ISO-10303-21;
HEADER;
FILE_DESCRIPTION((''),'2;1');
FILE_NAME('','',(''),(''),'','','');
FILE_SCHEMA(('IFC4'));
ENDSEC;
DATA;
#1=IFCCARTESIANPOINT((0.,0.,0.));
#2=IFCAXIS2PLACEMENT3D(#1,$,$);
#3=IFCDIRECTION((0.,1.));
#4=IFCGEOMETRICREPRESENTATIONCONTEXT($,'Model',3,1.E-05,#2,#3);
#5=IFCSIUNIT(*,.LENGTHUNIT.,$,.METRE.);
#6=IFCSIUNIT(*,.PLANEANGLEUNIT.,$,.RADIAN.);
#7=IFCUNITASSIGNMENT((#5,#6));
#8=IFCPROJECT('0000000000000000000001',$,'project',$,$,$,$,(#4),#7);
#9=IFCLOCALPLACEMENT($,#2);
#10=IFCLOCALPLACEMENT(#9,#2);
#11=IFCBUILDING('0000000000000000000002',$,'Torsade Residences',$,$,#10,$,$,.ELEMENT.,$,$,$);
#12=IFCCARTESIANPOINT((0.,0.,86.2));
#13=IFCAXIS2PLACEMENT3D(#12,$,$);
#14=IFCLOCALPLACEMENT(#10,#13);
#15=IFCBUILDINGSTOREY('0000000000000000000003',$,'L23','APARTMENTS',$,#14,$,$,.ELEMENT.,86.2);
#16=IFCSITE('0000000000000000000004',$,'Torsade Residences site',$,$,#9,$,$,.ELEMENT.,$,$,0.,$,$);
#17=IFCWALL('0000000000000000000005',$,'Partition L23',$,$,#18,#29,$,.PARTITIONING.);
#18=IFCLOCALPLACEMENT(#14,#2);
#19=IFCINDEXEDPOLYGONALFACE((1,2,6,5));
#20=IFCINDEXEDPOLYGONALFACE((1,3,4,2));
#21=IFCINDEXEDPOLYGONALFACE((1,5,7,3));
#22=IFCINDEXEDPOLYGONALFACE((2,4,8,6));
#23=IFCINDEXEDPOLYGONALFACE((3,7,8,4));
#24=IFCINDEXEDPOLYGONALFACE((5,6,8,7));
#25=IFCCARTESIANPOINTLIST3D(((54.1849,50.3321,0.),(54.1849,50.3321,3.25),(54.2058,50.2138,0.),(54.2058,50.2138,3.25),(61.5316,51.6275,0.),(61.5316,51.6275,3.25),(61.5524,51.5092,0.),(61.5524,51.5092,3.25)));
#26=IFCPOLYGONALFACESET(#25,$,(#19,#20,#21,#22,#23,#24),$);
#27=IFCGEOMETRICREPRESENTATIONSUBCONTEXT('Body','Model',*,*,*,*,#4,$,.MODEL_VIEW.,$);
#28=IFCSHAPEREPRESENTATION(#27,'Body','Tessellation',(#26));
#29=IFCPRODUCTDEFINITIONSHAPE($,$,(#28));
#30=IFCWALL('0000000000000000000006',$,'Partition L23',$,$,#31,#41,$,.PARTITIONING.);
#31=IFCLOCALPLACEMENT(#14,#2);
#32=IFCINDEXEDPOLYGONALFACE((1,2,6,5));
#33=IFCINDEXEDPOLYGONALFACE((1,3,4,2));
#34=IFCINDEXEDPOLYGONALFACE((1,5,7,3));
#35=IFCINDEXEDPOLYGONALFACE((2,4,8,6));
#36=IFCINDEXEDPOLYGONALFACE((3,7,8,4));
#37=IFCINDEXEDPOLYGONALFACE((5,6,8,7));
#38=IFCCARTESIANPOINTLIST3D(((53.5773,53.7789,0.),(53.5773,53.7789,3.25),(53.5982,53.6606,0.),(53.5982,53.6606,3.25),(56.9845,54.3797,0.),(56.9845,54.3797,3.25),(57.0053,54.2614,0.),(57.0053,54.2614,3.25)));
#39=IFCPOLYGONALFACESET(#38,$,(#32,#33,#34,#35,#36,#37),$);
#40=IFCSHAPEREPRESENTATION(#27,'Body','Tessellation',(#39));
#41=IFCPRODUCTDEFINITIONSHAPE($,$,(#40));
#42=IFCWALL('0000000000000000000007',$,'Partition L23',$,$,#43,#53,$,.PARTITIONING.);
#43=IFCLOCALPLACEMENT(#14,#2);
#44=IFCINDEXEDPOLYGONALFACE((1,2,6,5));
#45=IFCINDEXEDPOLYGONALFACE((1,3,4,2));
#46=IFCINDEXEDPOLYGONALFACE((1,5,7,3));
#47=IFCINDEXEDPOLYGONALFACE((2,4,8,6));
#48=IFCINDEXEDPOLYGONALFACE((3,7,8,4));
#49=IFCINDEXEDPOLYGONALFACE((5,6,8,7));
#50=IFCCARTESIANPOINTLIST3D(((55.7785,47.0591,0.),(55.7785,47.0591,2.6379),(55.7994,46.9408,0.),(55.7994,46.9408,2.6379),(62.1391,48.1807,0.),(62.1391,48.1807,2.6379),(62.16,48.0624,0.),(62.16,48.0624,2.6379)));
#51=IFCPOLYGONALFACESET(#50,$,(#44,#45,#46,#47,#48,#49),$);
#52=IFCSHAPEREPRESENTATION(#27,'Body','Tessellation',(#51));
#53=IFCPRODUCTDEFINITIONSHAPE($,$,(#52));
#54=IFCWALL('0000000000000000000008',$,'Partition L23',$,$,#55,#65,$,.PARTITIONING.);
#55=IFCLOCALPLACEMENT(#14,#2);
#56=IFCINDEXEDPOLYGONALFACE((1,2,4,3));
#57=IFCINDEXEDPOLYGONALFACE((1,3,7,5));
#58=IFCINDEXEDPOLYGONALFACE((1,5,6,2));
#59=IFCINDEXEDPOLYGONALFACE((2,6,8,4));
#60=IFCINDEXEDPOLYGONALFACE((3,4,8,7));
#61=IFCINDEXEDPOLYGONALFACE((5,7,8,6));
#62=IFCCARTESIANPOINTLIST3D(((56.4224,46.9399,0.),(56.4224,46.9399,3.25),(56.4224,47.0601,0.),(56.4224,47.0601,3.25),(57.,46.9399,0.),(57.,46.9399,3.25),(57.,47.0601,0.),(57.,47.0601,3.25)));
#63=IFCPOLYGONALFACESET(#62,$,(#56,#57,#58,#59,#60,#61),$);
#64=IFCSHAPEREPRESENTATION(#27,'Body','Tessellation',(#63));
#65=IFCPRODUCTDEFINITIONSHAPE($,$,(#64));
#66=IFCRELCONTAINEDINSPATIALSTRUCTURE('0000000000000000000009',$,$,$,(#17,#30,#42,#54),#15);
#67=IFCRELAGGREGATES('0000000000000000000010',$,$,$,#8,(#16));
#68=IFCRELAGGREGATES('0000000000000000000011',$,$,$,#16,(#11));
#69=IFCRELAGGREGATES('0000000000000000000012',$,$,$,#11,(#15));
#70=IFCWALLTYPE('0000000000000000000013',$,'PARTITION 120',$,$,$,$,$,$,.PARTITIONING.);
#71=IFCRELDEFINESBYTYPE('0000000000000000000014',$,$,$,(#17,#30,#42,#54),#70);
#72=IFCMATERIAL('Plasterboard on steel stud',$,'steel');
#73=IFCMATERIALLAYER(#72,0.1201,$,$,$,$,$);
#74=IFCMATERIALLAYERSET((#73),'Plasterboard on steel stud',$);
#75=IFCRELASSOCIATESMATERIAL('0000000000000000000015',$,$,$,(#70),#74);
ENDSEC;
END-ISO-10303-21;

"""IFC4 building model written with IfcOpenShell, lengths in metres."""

from ifc_helpers import new_model, si_unit, direction, frame, frame_2d, origin, place, context, subcontext, project, spatial, rectangle, extrude, material, layer, layer_set, type_object, element, save


model = new_model("IFC4")

# Units and contexts
model_context = context("Model", 3, precision=1e-05, world=origin(), true_north=direction((0.0, 1.0)))
body_context = subcontext(model_context, "Body", "Model", "MODEL_VIEW")
ifc_project = project(units=[si_unit("LENGTHUNIT", "METRE"), si_unit("PLANEANGLEUNIT", "RADIAN")], contexts=[model_context])

# Site, building, storey
site_placement = place(None, origin())
site = spatial("IfcSite", under=ifc_project, at=site_placement, Name="Torsade Residences site", CompositionType="ELEMENT", RefElevation=0.0)
building_placement = place(site_placement, origin())
building = spatial("IfcBuilding", under=site, at=building_placement, Name="Torsade Residences", CompositionType="ELEMENT")
storey_placement = place(building_placement, frame((0.0, 0.0, 86.2)))
storey = spatial("IfcBuildingStorey", under=building, at=storey_placement, Name="L23", Description="APARTMENTS", CompositionType="ELEMENT", Elevation=86.2)

# Shared definitions
ifc_material_1 = material(Name="Plasterboard on steel stud", Category="steel")
ifc_layer_1 = layer(ifc_material_1, 0.1201)
ifc_layer_set_1 = layer_set([ifc_layer_1], Name="Plasterboard on steel stud")
wall_type = type_object("IfcWallType", Name="PARTITION 120", PredefinedType="PARTITIONING", material=ifc_layer_set_1)

# Walls
wall_1_placement = place(storey_placement, frame((61.542, 51.5684, 0.0), z_axis=(0.0, 0.0, 1.0), x_axis=(-0.984808, -0.173647, 0.0)))
element("IfcWall", 1, at=wall_1_placement, inside=storey, type_object=wall_type, Name="Partition L23", PredefinedType="PARTITIONING", context=body_context, shape_type="SweptSolid", body=[
    extrude(rectangle(XDim=7.46, YDim=0.1201, at=frame_2d((3.73, 0.0))), origin(), (0.0, 0.0, 1.0), 3.25),
])
wall_2_placement = place(storey_placement, frame((53.5876, 53.7197, 0.0), z_axis=(0.0, 0.0, 1.0), x_axis=(0.984806, 0.173661, 0.0)))
element("IfcWall", 2, at=wall_2_placement, inside=storey, type_object=wall_type, Name="Partition L23", PredefinedType="PARTITIONING", context=body_context, shape_type="SweptSolid", body=[
    extrude(rectangle(XDim=3.4597, YDim=0.1201, at=frame_2d((1.73, 0.0))), origin(), (0.0, 0.0, 1.0), 3.25),
])
wall_3_placement = place(storey_placement, frame((62.1497, 48.1216, 0.0), z_axis=(0.0, 0.0, 1.0), x_axis=(-0.984807, -0.173654, 0.0)))
element("IfcWall", 3, at=wall_3_placement, inside=storey, type_object=wall_type, Name="Partition L23", PredefinedType="PARTITIONING", context=body_context, shape_type="SweptSolid", body=[
    extrude(rectangle(XDim=6.4587, YDim=0.1201, at=frame_2d((3.2295, 0.0))), origin(), (0.0, 0.0, 1.0), 2.6379),
])
wall_4_placement = place(storey_placement, frame((57.0, 47.0, 0.0), z_axis=(0.0, 0.0, 1.0), x_axis=(-1.0, 0.0, 0.0)))
element("IfcWall", 4, at=wall_4_placement, inside=storey, type_object=wall_type, Name="Partition L23", PredefinedType="PARTITIONING", context=body_context, shape_type="SweptSolid", body=[
    extrude(rectangle(XDim=0.5776, YDim=0.1201, at=frame_2d((0.2888, 0.0))), origin(), (0.0, 0.0, 1.0), 3.25),
])

save(model, "model.ifc")
